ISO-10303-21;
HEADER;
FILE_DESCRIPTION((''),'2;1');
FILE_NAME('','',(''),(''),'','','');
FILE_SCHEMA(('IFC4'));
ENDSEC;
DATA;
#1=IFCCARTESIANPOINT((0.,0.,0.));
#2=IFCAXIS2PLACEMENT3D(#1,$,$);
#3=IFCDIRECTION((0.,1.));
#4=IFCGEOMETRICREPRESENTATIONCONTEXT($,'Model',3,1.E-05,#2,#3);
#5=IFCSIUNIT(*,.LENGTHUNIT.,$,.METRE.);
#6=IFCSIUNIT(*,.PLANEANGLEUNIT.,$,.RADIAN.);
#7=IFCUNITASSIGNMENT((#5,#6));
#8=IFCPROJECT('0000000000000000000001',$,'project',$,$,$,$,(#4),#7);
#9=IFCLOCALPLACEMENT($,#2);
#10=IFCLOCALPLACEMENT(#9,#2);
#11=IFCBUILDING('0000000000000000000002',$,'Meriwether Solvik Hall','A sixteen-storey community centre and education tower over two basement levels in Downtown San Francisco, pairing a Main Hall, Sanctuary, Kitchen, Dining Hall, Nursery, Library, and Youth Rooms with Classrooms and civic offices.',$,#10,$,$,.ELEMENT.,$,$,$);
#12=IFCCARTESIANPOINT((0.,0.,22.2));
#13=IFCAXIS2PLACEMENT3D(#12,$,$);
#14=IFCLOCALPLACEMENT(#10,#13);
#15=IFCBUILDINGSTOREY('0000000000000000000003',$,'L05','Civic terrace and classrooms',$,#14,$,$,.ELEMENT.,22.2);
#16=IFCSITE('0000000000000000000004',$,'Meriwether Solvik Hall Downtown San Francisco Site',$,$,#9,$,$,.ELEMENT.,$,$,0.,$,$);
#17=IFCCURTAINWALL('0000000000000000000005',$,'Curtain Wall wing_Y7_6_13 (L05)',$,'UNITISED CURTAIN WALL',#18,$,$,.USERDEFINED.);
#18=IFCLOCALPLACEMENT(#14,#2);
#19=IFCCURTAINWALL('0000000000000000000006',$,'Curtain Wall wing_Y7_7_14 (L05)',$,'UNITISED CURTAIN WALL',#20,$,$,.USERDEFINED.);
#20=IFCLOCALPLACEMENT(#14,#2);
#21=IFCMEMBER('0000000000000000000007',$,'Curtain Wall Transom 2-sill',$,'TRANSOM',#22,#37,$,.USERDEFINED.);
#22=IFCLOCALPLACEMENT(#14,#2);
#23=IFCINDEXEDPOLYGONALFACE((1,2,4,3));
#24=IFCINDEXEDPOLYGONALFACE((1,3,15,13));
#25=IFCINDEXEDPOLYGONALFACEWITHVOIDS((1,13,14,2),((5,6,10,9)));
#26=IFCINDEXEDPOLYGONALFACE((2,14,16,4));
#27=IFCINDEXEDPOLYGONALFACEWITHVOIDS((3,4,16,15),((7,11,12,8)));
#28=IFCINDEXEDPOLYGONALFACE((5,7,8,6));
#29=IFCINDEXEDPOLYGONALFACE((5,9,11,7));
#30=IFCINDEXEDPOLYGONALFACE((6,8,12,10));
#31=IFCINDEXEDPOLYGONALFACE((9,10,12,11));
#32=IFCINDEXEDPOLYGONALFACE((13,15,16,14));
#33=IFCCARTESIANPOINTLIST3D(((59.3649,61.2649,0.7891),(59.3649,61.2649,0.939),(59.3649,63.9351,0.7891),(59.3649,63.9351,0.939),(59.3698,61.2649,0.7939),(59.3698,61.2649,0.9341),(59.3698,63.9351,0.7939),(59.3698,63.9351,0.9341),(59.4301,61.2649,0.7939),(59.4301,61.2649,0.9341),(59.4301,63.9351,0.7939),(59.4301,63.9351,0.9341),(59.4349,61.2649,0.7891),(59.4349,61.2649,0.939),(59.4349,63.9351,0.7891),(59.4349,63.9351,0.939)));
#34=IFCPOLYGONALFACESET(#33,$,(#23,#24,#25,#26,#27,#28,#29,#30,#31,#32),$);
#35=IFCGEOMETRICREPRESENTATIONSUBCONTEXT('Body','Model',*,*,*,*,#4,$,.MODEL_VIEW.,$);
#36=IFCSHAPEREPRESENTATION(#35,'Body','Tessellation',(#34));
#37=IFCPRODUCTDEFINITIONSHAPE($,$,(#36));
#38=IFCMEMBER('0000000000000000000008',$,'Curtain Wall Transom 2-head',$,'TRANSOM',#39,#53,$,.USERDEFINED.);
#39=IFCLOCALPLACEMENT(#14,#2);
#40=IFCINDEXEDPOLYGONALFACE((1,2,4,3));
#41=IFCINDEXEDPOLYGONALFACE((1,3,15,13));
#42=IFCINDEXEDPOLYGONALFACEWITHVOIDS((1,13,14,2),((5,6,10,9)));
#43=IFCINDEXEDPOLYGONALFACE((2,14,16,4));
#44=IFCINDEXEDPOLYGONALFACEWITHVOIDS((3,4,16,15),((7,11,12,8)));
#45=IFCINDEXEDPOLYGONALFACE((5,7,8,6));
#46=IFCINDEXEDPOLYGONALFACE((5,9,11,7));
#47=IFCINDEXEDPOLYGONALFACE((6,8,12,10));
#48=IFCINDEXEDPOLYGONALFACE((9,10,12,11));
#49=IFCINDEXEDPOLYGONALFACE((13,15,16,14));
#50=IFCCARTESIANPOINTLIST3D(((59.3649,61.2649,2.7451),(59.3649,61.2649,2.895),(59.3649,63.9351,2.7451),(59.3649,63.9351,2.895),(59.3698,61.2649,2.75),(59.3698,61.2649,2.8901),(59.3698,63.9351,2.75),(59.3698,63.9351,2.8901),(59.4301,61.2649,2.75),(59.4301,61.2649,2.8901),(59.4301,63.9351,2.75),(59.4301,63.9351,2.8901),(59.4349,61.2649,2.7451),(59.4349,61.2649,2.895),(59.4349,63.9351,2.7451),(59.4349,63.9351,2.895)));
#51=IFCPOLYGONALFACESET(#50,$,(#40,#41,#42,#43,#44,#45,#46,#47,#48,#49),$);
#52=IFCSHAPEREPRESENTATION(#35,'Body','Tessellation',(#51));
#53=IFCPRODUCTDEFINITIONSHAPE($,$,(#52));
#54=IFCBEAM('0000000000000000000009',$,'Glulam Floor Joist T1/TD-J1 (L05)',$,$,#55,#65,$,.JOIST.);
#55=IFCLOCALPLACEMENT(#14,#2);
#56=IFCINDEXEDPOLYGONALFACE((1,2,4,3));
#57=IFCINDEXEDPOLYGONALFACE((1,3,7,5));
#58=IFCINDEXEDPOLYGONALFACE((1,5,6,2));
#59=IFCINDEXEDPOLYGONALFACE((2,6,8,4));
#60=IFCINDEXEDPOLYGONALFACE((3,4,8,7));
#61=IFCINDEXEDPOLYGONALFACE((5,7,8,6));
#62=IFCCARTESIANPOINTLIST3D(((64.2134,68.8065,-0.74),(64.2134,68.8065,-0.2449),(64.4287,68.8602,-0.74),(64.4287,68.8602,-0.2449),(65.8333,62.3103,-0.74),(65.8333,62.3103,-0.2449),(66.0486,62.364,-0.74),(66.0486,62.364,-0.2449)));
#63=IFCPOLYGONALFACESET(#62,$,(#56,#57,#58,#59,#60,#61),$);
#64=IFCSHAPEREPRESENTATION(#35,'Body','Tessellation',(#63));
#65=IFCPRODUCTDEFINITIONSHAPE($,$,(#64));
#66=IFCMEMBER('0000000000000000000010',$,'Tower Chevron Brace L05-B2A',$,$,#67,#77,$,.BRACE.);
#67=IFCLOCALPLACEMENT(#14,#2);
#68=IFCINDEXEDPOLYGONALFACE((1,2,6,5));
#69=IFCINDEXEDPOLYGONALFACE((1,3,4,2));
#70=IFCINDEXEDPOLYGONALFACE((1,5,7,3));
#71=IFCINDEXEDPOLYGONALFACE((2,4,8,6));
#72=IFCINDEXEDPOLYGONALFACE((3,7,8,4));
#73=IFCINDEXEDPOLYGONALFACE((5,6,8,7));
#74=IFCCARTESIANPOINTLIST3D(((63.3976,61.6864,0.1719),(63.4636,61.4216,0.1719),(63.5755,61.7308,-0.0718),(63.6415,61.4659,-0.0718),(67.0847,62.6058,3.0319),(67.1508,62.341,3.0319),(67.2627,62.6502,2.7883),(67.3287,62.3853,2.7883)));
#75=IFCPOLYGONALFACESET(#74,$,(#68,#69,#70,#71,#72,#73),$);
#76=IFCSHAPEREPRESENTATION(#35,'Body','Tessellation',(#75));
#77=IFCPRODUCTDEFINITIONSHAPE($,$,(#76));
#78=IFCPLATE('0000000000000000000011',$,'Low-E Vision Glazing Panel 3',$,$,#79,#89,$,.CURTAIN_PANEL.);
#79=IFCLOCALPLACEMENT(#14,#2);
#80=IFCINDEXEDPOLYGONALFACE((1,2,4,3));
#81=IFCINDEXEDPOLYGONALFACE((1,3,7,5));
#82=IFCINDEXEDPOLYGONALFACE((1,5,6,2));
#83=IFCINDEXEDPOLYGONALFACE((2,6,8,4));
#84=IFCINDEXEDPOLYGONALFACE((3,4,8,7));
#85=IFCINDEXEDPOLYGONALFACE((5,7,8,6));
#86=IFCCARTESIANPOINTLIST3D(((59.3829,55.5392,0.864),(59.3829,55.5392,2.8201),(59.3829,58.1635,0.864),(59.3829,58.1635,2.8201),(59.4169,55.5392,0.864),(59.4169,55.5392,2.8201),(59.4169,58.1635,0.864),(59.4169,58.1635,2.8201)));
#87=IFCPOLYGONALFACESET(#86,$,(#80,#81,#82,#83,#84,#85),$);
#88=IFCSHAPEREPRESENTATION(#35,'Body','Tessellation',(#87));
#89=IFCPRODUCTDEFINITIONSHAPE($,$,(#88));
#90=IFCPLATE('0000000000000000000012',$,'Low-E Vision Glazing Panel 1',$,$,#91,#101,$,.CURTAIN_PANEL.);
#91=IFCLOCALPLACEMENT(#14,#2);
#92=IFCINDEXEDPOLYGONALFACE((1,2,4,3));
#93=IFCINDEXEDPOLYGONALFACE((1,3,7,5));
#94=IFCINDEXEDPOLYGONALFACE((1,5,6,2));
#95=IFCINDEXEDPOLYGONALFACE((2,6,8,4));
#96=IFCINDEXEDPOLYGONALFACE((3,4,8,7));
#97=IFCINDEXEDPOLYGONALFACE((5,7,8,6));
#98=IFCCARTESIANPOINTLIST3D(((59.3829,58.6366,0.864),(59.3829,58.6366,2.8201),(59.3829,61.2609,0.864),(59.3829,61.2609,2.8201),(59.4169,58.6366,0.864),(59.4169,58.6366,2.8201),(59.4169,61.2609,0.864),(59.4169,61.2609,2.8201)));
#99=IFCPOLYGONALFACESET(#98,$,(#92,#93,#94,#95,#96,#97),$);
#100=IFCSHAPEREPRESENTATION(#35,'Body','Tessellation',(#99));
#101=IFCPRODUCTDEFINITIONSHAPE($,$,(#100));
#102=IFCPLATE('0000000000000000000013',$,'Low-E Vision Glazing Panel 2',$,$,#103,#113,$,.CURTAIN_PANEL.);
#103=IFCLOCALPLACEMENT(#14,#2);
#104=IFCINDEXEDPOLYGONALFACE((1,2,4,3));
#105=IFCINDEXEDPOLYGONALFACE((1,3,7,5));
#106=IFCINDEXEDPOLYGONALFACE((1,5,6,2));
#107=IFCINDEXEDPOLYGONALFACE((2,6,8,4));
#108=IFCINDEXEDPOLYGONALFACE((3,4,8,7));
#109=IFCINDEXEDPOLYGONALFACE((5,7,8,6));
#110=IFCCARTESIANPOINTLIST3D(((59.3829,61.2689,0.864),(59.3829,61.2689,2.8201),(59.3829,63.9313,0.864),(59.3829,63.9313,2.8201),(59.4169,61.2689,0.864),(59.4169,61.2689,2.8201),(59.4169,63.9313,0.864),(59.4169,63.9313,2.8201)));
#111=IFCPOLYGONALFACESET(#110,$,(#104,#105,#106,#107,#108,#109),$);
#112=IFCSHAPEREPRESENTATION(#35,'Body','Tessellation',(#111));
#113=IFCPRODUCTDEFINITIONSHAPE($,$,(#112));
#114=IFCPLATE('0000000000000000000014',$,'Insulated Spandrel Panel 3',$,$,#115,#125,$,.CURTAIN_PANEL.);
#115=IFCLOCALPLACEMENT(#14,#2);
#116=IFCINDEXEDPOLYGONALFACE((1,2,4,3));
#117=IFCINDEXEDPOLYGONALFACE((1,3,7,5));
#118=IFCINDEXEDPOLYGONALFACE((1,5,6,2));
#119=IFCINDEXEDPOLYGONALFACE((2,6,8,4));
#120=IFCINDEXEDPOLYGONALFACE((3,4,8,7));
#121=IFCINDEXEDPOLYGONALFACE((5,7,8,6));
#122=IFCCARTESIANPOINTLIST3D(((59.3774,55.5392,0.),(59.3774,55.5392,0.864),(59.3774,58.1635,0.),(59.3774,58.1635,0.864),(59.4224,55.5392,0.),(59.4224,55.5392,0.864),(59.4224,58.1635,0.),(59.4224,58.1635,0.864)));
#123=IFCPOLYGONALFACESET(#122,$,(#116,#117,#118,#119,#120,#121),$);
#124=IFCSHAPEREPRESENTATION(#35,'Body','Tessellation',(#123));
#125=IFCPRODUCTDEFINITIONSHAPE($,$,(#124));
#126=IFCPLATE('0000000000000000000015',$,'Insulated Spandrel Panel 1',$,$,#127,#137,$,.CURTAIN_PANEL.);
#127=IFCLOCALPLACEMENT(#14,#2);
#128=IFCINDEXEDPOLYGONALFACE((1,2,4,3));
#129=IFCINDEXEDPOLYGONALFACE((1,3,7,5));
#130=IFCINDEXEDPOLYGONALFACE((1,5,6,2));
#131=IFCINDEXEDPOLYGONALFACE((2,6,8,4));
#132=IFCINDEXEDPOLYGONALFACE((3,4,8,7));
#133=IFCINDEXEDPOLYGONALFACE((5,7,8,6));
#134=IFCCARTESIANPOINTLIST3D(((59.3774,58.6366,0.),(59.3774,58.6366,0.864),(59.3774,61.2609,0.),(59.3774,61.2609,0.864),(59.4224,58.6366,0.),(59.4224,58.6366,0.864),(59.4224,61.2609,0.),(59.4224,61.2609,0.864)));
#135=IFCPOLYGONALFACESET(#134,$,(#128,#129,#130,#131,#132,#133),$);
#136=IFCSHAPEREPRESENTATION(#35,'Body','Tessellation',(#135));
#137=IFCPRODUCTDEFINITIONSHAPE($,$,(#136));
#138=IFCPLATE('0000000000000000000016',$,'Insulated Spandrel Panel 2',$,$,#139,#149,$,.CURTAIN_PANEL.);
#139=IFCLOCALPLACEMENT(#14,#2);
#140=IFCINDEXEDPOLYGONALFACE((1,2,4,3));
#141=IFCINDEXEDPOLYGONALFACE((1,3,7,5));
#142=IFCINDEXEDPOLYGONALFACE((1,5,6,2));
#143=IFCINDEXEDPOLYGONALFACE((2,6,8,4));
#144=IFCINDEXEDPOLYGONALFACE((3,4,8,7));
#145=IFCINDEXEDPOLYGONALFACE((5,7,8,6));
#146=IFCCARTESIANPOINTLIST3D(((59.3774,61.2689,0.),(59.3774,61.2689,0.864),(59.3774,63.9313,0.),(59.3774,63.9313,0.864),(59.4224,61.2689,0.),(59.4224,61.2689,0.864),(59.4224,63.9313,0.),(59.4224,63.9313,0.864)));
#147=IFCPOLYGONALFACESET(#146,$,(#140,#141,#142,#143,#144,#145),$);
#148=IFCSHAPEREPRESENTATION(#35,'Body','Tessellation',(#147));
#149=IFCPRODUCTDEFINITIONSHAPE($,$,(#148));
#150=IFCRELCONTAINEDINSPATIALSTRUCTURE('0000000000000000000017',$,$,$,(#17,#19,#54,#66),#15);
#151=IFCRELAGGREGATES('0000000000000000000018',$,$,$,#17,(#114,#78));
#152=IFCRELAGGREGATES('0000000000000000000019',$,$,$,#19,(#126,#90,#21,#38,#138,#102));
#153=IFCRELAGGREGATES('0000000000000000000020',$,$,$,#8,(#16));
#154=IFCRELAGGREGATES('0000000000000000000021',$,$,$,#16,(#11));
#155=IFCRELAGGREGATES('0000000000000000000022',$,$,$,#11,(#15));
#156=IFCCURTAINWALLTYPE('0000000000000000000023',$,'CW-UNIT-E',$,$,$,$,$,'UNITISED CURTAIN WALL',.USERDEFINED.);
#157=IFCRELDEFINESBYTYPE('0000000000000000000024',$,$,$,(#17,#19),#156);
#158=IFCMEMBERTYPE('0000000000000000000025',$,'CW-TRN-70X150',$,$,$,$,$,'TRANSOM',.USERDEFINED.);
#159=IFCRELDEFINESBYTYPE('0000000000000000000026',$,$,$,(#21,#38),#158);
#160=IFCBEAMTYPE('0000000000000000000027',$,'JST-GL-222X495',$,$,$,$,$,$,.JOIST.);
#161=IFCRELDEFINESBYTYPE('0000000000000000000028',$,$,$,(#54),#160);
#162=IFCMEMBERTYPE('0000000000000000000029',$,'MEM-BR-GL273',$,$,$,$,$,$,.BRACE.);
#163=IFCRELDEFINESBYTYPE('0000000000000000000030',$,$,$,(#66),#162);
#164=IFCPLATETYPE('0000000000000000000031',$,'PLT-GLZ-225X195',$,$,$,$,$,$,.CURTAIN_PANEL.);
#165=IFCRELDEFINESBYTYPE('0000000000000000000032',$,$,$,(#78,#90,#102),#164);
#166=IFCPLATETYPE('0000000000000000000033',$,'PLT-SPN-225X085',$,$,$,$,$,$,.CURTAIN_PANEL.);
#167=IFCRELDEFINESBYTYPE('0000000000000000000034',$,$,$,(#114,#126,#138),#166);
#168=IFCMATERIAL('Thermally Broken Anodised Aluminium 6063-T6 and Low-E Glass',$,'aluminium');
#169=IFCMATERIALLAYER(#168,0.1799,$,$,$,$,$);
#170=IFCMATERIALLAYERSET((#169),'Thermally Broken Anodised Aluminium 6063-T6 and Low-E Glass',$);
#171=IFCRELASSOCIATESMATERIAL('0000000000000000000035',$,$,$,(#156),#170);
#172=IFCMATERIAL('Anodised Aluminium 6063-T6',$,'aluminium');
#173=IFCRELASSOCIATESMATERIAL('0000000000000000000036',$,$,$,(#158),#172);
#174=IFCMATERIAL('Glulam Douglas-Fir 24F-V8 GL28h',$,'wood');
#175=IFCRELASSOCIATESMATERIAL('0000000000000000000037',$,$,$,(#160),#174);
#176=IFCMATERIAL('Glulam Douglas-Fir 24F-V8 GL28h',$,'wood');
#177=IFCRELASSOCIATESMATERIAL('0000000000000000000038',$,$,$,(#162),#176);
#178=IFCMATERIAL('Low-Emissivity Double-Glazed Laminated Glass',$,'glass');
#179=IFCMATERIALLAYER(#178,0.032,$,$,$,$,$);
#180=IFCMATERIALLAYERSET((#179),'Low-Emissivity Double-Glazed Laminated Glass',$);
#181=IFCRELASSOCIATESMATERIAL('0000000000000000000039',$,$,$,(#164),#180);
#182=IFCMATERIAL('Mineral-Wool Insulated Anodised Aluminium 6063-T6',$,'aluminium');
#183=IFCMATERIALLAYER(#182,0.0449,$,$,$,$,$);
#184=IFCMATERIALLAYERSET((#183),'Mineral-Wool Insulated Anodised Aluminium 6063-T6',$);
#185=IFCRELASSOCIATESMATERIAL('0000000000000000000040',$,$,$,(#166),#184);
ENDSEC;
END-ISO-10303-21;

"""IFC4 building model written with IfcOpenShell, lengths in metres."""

from ifc_helpers import new_model, si_unit, direction, frame, origin, origin_2d, place, context, subcontext, project, spatial, rectangle, hollow_rectangle, extrude, material, layer, layer_set, material_profile, profile_set, type_object, element, aggregate, save


model = new_model("IFC4")

# Units and contexts
model_context = context("Model", 3, precision=1e-05, world=origin(), true_north=direction((0.0, 1.0)))
body_context = subcontext(model_context, "Body", "Model", "MODEL_VIEW")
ifc_project = project(units=[si_unit("LENGTHUNIT", "METRE"), si_unit("PLANEANGLEUNIT", "RADIAN")], contexts=[model_context])

# Site, building, storey
site_placement = place(None, origin())
site = spatial("IfcSite", under=ifc_project, at=site_placement, Name="Meriwether Solvik Hall Downtown San Francisco Site", CompositionType="ELEMENT", RefElevation=0.0)
building_placement = place(site_placement, origin())
building = spatial("IfcBuilding", under=site, at=building_placement, Name="Meriwether Solvik Hall", Description="A sixteen-storey community centre and education tower over two basement levels in Downtown San Francisco, pairing a Main Hall, Sanctuary, Kitchen, Dining Hall, Nursery, Library, and Youth Rooms with Classrooms and civic offices.", CompositionType="ELEMENT")
storey_placement = place(building_placement, frame((0.0, 0.0, 22.2)))
storey = spatial("IfcBuildingStorey", under=building, at=storey_placement, Name="L05", Description="Civic terrace and classrooms", CompositionType="ELEMENT", Elevation=22.2)

# Curtain wall
ifc_material_1 = material(Name="Thermally Broken Anodised Aluminium 6063-T6 and Low-E Glass", Category="aluminium")
ifc_layer_1 = layer(ifc_material_1, 0.1799)
ifc_layer_set_1 = layer_set([ifc_layer_1], Name="Thermally Broken Anodised Aluminium 6063-T6 and Low-E Glass")
curtain_wall_type = type_object("IfcCurtainWallType", Name="CW-UNIT-E", ElementType="UNITISED CURTAIN WALL", PredefinedType="USERDEFINED", material=ifc_layer_set_1)
curtain_wall_1_placement = place(storey_placement, origin())
curtain_wall_1 = element("IfcCurtainWall", 1, at=curtain_wall_1_placement, inside=storey, type_object=curtain_wall_type, Name="Curtain Wall wing_Y7_6_13 (L05)", ObjectType="UNITISED CURTAIN WALL", PredefinedType="USERDEFINED")

# Curtain wall, members
curtain_wall_2_placement = place(storey_placement, origin())
curtain_wall_2 = element("IfcCurtainWall", 2, at=curtain_wall_2_placement, inside=storey, type_object=curtain_wall_type, Name="Curtain Wall wing_Y7_7_14 (L05)", ObjectType="UNITISED CURTAIN WALL", PredefinedType="USERDEFINED")
ifc_material_2 = material(Name="Anodised Aluminium 6063-T6", Category="aluminium")
ifc_material_profile_1 = material_profile(ifc_material_2, hollow_rectangle(XDim=0.0701, YDim=0.1499, WallThickness=0.0049, at=origin_2d()), Name="CWT-70X150")
ifc_profile_set_1 = profile_set([ifc_material_profile_1], Name="Anodised Aluminium 6063-T6")
member_type_1 = type_object("IfcMemberType", Name="CW-TRN-70X150", ElementType="TRANSOM", PredefinedType="USERDEFINED", material=ifc_profile_set_1)
member_1_placement = place(storey_placement, frame((59.3999, 61.2649, 0.864), z_axis=(0.0, 1.0, 0.0), x_axis=(-1.0, 0.0, 0.0)))
member_1 = element("IfcMember", 3, at=member_1_placement, type_object=member_type_1, Name="Curtain Wall Transom 2-sill", ObjectType="TRANSOM", PredefinedType="USERDEFINED", context=body_context, shape_type="SweptSolid", body=[
    extrude(hollow_rectangle(XDim=0.0701, YDim=0.1499, WallThickness=0.0049, at=origin_2d()), origin(), (0.0, 0.0, 1.0), 2.6702),
])
member_2_placement = place(storey_placement, frame((59.3999, 61.2649, 2.8201), z_axis=(0.0, 1.0, 0.0), x_axis=(-1.0, 0.0, 0.0)))
member_2 = element("IfcMember", 4, at=member_2_placement, type_object=member_type_1, Name="Curtain Wall Transom 2-head", ObjectType="TRANSOM", PredefinedType="USERDEFINED", context=body_context, shape_type="SweptSolid", body=[
    extrude(hollow_rectangle(XDim=0.0701, YDim=0.1499, WallThickness=0.0049, at=origin_2d()), origin(), (0.0, 0.0, 1.0), 2.6702),
])

# Beam
ifc_material_3 = material(Name="Glulam Douglas-Fir 24F-V8 GL28h", Category="wood")
ifc_material_profile_2 = material_profile(ifc_material_3, rectangle(XDim=0.2219, YDim=0.4951, at=origin_2d()), Name="GLJ-222X495")
ifc_profile_set_2 = profile_set([ifc_material_profile_2], Name="Glulam Douglas-Fir 24F-V8 GL28h")
beam_type_1 = type_object("IfcBeamType", Name="JST-GL-222X495", PredefinedType="JOIST", material=ifc_profile_set_2)
beam_1_placement = place(storey_placement, frame((65.9409, 62.3372, -0.4924), z_axis=(-0.241952, 0.970288, 0.0), x_axis=(-0.970288, -0.241952, 0.0)))
element("IfcBeam", 5, at=beam_1_placement, inside=storey, type_object=beam_type_1, Name="Glulam Floor Joist T1/TD-J1 (L05)", PredefinedType="JOIST", context=body_context, shape_type="SweptSolid", body=[
    extrude(rectangle(XDim=0.2219, YDim=0.4951, at=origin_2d()), origin(), (0.0, 0.0, 1.0), 6.6951),
])

# Member
ifc_material_4 = material(Name="Glulam Douglas-Fir 24F-V8 GL28h", Category="wood")
ifc_material_profile_3 = material_profile(ifc_material_4, rectangle(XDim=0.2729, YDim=0.3049, at=origin_2d()), Name="GLM-273X305")
ifc_profile_set_3 = profile_set([ifc_material_profile_3], Name="Glulam Douglas-Fir 24F-V8 GL28h")
member_type_2 = type_object("IfcMemberType", Name="MEM-BR-GL273", PredefinedType="BRACE", material=ifc_profile_set_3)
member_3_placement = place(storey_placement, frame((63.5195, 61.5762, 0.05), z_axis=(0.775253, 0.193313, 0.601343), x_axis=(-0.241946, 0.97029, 0.0)))
element("IfcMember", 6, at=member_3_placement, inside=storey, type_object=member_type_2, Name="Tower Chevron Brace L05-B2A", PredefinedType="BRACE", context=body_context, shape_type="SweptSolid", body=[
    extrude(rectangle(XDim=0.2729, YDim=0.3049, at=origin_2d()), origin(), (0.0, 0.0, 1.0), 4.7561),
])

# Plates
ifc_material_5 = material(Name="Low-Emissivity Double-Glazed Laminated Glass", Category="glass")
ifc_layer_2 = layer(ifc_material_5, 0.032)
ifc_layer_set_2 = layer_set([ifc_layer_2], Name="Low-Emissivity Double-Glazed Laminated Glass")
plate_type_1 = type_object("IfcPlateType", Name="PLT-GLZ-225X195", PredefinedType="CURTAIN_PANEL", material=ifc_layer_set_2)
plate_1_placement = place(storey_placement, frame((59.3999, 56.8513, 0.864), z_axis=(0.0, 0.0, 1.0), x_axis=(0.0, 1.0, 0.0)))
plate_1 = element("IfcPlate", 7, at=plate_1_placement, type_object=plate_type_1, Name="Low-E Vision Glazing Panel 3", PredefinedType="CURTAIN_PANEL", context=body_context, shape_type="SweptSolid", body=[
    extrude(rectangle(XDim=2.6243, YDim=0.0339, at=origin_2d()), origin(), (0.0, 0.0, 1.0), 1.9561),
])
plate_2_placement = place(storey_placement, frame((59.3999, 59.9487, 0.864), z_axis=(0.0, 0.0, 1.0), x_axis=(0.0, 1.0, 0.0)))
plate_2 = element("IfcPlate", 8, at=plate_2_placement, type_object=plate_type_1, Name="Low-E Vision Glazing Panel 1", PredefinedType="CURTAIN_PANEL", context=body_context, shape_type="SweptSolid", body=[
    extrude(rectangle(XDim=2.6243, YDim=0.0339, at=origin_2d()), origin(), (0.0, 0.0, 1.0), 1.9561),
])
plate_3_placement = place(storey_placement, frame((59.3999, 62.6001, 0.864), z_axis=(0.0, 0.0, 1.0), x_axis=(0.0, 1.0, 0.0)))
plate_3 = element("IfcPlate", 9, at=plate_3_placement, type_object=plate_type_1, Name="Low-E Vision Glazing Panel 2", PredefinedType="CURTAIN_PANEL", context=body_context, shape_type="SweptSolid", body=[
    extrude(rectangle(XDim=2.6624, YDim=0.0339, at=origin_2d()), origin(), (0.0, 0.0, 1.0), 1.9561),
])
ifc_material_6 = material(Name="Mineral-Wool Insulated Anodised Aluminium 6063-T6", Category="aluminium")
ifc_layer_3 = layer(ifc_material_6, 0.0449)
ifc_layer_set_3 = layer_set([ifc_layer_3], Name="Mineral-Wool Insulated Anodised Aluminium 6063-T6")
plate_type_2 = type_object("IfcPlateType", Name="PLT-SPN-225X085", PredefinedType="CURTAIN_PANEL", material=ifc_layer_set_3)
plate_4_placement = place(storey_placement, frame((59.3999, 56.8513, 0.0), z_axis=(0.0, 0.0, 1.0), x_axis=(0.0, 1.0, 0.0)))
plate_4 = element("IfcPlate", 10, at=plate_4_placement, type_object=plate_type_2, Name="Insulated Spandrel Panel 3", PredefinedType="CURTAIN_PANEL", context=body_context, shape_type="SweptSolid", body=[
    extrude(rectangle(XDim=2.6243, YDim=0.0449, at=origin_2d()), origin(), (0.0, 0.0, 1.0), 0.864),
])
aggregate(curtain_wall_1, [plate_4, plate_1])
plate_5_placement = place(storey_placement, frame((59.3999, 59.9487, 0.0), z_axis=(0.0, 0.0, 1.0), x_axis=(0.0, 1.0, 0.0)))
plate_5 = element("IfcPlate", 11, at=plate_5_placement, type_object=plate_type_2, Name="Insulated Spandrel Panel 1", PredefinedType="CURTAIN_PANEL", context=body_context, shape_type="SweptSolid", body=[
    extrude(rectangle(XDim=2.6243, YDim=0.0449, at=origin_2d()), origin(), (0.0, 0.0, 1.0), 0.864),
])
plate_6_placement = place(storey_placement, frame((59.3999, 62.6001, 0.0), z_axis=(0.0, 0.0, 1.0), x_axis=(0.0, 1.0, 0.0)))
plate_6 = element("IfcPlate", 12, at=plate_6_placement, type_object=plate_type_2, Name="Insulated Spandrel Panel 2", PredefinedType="CURTAIN_PANEL", context=body_context, shape_type="SweptSolid", body=[
    extrude(rectangle(XDim=2.6624, YDim=0.0449, at=origin_2d()), origin(), (0.0, 0.0, 1.0), 0.864),
])
aggregate(curtain_wall_2, [plate_5, plate_2, member_1, member_2, plate_6, plate_3])

save(model, "model.ifc")
